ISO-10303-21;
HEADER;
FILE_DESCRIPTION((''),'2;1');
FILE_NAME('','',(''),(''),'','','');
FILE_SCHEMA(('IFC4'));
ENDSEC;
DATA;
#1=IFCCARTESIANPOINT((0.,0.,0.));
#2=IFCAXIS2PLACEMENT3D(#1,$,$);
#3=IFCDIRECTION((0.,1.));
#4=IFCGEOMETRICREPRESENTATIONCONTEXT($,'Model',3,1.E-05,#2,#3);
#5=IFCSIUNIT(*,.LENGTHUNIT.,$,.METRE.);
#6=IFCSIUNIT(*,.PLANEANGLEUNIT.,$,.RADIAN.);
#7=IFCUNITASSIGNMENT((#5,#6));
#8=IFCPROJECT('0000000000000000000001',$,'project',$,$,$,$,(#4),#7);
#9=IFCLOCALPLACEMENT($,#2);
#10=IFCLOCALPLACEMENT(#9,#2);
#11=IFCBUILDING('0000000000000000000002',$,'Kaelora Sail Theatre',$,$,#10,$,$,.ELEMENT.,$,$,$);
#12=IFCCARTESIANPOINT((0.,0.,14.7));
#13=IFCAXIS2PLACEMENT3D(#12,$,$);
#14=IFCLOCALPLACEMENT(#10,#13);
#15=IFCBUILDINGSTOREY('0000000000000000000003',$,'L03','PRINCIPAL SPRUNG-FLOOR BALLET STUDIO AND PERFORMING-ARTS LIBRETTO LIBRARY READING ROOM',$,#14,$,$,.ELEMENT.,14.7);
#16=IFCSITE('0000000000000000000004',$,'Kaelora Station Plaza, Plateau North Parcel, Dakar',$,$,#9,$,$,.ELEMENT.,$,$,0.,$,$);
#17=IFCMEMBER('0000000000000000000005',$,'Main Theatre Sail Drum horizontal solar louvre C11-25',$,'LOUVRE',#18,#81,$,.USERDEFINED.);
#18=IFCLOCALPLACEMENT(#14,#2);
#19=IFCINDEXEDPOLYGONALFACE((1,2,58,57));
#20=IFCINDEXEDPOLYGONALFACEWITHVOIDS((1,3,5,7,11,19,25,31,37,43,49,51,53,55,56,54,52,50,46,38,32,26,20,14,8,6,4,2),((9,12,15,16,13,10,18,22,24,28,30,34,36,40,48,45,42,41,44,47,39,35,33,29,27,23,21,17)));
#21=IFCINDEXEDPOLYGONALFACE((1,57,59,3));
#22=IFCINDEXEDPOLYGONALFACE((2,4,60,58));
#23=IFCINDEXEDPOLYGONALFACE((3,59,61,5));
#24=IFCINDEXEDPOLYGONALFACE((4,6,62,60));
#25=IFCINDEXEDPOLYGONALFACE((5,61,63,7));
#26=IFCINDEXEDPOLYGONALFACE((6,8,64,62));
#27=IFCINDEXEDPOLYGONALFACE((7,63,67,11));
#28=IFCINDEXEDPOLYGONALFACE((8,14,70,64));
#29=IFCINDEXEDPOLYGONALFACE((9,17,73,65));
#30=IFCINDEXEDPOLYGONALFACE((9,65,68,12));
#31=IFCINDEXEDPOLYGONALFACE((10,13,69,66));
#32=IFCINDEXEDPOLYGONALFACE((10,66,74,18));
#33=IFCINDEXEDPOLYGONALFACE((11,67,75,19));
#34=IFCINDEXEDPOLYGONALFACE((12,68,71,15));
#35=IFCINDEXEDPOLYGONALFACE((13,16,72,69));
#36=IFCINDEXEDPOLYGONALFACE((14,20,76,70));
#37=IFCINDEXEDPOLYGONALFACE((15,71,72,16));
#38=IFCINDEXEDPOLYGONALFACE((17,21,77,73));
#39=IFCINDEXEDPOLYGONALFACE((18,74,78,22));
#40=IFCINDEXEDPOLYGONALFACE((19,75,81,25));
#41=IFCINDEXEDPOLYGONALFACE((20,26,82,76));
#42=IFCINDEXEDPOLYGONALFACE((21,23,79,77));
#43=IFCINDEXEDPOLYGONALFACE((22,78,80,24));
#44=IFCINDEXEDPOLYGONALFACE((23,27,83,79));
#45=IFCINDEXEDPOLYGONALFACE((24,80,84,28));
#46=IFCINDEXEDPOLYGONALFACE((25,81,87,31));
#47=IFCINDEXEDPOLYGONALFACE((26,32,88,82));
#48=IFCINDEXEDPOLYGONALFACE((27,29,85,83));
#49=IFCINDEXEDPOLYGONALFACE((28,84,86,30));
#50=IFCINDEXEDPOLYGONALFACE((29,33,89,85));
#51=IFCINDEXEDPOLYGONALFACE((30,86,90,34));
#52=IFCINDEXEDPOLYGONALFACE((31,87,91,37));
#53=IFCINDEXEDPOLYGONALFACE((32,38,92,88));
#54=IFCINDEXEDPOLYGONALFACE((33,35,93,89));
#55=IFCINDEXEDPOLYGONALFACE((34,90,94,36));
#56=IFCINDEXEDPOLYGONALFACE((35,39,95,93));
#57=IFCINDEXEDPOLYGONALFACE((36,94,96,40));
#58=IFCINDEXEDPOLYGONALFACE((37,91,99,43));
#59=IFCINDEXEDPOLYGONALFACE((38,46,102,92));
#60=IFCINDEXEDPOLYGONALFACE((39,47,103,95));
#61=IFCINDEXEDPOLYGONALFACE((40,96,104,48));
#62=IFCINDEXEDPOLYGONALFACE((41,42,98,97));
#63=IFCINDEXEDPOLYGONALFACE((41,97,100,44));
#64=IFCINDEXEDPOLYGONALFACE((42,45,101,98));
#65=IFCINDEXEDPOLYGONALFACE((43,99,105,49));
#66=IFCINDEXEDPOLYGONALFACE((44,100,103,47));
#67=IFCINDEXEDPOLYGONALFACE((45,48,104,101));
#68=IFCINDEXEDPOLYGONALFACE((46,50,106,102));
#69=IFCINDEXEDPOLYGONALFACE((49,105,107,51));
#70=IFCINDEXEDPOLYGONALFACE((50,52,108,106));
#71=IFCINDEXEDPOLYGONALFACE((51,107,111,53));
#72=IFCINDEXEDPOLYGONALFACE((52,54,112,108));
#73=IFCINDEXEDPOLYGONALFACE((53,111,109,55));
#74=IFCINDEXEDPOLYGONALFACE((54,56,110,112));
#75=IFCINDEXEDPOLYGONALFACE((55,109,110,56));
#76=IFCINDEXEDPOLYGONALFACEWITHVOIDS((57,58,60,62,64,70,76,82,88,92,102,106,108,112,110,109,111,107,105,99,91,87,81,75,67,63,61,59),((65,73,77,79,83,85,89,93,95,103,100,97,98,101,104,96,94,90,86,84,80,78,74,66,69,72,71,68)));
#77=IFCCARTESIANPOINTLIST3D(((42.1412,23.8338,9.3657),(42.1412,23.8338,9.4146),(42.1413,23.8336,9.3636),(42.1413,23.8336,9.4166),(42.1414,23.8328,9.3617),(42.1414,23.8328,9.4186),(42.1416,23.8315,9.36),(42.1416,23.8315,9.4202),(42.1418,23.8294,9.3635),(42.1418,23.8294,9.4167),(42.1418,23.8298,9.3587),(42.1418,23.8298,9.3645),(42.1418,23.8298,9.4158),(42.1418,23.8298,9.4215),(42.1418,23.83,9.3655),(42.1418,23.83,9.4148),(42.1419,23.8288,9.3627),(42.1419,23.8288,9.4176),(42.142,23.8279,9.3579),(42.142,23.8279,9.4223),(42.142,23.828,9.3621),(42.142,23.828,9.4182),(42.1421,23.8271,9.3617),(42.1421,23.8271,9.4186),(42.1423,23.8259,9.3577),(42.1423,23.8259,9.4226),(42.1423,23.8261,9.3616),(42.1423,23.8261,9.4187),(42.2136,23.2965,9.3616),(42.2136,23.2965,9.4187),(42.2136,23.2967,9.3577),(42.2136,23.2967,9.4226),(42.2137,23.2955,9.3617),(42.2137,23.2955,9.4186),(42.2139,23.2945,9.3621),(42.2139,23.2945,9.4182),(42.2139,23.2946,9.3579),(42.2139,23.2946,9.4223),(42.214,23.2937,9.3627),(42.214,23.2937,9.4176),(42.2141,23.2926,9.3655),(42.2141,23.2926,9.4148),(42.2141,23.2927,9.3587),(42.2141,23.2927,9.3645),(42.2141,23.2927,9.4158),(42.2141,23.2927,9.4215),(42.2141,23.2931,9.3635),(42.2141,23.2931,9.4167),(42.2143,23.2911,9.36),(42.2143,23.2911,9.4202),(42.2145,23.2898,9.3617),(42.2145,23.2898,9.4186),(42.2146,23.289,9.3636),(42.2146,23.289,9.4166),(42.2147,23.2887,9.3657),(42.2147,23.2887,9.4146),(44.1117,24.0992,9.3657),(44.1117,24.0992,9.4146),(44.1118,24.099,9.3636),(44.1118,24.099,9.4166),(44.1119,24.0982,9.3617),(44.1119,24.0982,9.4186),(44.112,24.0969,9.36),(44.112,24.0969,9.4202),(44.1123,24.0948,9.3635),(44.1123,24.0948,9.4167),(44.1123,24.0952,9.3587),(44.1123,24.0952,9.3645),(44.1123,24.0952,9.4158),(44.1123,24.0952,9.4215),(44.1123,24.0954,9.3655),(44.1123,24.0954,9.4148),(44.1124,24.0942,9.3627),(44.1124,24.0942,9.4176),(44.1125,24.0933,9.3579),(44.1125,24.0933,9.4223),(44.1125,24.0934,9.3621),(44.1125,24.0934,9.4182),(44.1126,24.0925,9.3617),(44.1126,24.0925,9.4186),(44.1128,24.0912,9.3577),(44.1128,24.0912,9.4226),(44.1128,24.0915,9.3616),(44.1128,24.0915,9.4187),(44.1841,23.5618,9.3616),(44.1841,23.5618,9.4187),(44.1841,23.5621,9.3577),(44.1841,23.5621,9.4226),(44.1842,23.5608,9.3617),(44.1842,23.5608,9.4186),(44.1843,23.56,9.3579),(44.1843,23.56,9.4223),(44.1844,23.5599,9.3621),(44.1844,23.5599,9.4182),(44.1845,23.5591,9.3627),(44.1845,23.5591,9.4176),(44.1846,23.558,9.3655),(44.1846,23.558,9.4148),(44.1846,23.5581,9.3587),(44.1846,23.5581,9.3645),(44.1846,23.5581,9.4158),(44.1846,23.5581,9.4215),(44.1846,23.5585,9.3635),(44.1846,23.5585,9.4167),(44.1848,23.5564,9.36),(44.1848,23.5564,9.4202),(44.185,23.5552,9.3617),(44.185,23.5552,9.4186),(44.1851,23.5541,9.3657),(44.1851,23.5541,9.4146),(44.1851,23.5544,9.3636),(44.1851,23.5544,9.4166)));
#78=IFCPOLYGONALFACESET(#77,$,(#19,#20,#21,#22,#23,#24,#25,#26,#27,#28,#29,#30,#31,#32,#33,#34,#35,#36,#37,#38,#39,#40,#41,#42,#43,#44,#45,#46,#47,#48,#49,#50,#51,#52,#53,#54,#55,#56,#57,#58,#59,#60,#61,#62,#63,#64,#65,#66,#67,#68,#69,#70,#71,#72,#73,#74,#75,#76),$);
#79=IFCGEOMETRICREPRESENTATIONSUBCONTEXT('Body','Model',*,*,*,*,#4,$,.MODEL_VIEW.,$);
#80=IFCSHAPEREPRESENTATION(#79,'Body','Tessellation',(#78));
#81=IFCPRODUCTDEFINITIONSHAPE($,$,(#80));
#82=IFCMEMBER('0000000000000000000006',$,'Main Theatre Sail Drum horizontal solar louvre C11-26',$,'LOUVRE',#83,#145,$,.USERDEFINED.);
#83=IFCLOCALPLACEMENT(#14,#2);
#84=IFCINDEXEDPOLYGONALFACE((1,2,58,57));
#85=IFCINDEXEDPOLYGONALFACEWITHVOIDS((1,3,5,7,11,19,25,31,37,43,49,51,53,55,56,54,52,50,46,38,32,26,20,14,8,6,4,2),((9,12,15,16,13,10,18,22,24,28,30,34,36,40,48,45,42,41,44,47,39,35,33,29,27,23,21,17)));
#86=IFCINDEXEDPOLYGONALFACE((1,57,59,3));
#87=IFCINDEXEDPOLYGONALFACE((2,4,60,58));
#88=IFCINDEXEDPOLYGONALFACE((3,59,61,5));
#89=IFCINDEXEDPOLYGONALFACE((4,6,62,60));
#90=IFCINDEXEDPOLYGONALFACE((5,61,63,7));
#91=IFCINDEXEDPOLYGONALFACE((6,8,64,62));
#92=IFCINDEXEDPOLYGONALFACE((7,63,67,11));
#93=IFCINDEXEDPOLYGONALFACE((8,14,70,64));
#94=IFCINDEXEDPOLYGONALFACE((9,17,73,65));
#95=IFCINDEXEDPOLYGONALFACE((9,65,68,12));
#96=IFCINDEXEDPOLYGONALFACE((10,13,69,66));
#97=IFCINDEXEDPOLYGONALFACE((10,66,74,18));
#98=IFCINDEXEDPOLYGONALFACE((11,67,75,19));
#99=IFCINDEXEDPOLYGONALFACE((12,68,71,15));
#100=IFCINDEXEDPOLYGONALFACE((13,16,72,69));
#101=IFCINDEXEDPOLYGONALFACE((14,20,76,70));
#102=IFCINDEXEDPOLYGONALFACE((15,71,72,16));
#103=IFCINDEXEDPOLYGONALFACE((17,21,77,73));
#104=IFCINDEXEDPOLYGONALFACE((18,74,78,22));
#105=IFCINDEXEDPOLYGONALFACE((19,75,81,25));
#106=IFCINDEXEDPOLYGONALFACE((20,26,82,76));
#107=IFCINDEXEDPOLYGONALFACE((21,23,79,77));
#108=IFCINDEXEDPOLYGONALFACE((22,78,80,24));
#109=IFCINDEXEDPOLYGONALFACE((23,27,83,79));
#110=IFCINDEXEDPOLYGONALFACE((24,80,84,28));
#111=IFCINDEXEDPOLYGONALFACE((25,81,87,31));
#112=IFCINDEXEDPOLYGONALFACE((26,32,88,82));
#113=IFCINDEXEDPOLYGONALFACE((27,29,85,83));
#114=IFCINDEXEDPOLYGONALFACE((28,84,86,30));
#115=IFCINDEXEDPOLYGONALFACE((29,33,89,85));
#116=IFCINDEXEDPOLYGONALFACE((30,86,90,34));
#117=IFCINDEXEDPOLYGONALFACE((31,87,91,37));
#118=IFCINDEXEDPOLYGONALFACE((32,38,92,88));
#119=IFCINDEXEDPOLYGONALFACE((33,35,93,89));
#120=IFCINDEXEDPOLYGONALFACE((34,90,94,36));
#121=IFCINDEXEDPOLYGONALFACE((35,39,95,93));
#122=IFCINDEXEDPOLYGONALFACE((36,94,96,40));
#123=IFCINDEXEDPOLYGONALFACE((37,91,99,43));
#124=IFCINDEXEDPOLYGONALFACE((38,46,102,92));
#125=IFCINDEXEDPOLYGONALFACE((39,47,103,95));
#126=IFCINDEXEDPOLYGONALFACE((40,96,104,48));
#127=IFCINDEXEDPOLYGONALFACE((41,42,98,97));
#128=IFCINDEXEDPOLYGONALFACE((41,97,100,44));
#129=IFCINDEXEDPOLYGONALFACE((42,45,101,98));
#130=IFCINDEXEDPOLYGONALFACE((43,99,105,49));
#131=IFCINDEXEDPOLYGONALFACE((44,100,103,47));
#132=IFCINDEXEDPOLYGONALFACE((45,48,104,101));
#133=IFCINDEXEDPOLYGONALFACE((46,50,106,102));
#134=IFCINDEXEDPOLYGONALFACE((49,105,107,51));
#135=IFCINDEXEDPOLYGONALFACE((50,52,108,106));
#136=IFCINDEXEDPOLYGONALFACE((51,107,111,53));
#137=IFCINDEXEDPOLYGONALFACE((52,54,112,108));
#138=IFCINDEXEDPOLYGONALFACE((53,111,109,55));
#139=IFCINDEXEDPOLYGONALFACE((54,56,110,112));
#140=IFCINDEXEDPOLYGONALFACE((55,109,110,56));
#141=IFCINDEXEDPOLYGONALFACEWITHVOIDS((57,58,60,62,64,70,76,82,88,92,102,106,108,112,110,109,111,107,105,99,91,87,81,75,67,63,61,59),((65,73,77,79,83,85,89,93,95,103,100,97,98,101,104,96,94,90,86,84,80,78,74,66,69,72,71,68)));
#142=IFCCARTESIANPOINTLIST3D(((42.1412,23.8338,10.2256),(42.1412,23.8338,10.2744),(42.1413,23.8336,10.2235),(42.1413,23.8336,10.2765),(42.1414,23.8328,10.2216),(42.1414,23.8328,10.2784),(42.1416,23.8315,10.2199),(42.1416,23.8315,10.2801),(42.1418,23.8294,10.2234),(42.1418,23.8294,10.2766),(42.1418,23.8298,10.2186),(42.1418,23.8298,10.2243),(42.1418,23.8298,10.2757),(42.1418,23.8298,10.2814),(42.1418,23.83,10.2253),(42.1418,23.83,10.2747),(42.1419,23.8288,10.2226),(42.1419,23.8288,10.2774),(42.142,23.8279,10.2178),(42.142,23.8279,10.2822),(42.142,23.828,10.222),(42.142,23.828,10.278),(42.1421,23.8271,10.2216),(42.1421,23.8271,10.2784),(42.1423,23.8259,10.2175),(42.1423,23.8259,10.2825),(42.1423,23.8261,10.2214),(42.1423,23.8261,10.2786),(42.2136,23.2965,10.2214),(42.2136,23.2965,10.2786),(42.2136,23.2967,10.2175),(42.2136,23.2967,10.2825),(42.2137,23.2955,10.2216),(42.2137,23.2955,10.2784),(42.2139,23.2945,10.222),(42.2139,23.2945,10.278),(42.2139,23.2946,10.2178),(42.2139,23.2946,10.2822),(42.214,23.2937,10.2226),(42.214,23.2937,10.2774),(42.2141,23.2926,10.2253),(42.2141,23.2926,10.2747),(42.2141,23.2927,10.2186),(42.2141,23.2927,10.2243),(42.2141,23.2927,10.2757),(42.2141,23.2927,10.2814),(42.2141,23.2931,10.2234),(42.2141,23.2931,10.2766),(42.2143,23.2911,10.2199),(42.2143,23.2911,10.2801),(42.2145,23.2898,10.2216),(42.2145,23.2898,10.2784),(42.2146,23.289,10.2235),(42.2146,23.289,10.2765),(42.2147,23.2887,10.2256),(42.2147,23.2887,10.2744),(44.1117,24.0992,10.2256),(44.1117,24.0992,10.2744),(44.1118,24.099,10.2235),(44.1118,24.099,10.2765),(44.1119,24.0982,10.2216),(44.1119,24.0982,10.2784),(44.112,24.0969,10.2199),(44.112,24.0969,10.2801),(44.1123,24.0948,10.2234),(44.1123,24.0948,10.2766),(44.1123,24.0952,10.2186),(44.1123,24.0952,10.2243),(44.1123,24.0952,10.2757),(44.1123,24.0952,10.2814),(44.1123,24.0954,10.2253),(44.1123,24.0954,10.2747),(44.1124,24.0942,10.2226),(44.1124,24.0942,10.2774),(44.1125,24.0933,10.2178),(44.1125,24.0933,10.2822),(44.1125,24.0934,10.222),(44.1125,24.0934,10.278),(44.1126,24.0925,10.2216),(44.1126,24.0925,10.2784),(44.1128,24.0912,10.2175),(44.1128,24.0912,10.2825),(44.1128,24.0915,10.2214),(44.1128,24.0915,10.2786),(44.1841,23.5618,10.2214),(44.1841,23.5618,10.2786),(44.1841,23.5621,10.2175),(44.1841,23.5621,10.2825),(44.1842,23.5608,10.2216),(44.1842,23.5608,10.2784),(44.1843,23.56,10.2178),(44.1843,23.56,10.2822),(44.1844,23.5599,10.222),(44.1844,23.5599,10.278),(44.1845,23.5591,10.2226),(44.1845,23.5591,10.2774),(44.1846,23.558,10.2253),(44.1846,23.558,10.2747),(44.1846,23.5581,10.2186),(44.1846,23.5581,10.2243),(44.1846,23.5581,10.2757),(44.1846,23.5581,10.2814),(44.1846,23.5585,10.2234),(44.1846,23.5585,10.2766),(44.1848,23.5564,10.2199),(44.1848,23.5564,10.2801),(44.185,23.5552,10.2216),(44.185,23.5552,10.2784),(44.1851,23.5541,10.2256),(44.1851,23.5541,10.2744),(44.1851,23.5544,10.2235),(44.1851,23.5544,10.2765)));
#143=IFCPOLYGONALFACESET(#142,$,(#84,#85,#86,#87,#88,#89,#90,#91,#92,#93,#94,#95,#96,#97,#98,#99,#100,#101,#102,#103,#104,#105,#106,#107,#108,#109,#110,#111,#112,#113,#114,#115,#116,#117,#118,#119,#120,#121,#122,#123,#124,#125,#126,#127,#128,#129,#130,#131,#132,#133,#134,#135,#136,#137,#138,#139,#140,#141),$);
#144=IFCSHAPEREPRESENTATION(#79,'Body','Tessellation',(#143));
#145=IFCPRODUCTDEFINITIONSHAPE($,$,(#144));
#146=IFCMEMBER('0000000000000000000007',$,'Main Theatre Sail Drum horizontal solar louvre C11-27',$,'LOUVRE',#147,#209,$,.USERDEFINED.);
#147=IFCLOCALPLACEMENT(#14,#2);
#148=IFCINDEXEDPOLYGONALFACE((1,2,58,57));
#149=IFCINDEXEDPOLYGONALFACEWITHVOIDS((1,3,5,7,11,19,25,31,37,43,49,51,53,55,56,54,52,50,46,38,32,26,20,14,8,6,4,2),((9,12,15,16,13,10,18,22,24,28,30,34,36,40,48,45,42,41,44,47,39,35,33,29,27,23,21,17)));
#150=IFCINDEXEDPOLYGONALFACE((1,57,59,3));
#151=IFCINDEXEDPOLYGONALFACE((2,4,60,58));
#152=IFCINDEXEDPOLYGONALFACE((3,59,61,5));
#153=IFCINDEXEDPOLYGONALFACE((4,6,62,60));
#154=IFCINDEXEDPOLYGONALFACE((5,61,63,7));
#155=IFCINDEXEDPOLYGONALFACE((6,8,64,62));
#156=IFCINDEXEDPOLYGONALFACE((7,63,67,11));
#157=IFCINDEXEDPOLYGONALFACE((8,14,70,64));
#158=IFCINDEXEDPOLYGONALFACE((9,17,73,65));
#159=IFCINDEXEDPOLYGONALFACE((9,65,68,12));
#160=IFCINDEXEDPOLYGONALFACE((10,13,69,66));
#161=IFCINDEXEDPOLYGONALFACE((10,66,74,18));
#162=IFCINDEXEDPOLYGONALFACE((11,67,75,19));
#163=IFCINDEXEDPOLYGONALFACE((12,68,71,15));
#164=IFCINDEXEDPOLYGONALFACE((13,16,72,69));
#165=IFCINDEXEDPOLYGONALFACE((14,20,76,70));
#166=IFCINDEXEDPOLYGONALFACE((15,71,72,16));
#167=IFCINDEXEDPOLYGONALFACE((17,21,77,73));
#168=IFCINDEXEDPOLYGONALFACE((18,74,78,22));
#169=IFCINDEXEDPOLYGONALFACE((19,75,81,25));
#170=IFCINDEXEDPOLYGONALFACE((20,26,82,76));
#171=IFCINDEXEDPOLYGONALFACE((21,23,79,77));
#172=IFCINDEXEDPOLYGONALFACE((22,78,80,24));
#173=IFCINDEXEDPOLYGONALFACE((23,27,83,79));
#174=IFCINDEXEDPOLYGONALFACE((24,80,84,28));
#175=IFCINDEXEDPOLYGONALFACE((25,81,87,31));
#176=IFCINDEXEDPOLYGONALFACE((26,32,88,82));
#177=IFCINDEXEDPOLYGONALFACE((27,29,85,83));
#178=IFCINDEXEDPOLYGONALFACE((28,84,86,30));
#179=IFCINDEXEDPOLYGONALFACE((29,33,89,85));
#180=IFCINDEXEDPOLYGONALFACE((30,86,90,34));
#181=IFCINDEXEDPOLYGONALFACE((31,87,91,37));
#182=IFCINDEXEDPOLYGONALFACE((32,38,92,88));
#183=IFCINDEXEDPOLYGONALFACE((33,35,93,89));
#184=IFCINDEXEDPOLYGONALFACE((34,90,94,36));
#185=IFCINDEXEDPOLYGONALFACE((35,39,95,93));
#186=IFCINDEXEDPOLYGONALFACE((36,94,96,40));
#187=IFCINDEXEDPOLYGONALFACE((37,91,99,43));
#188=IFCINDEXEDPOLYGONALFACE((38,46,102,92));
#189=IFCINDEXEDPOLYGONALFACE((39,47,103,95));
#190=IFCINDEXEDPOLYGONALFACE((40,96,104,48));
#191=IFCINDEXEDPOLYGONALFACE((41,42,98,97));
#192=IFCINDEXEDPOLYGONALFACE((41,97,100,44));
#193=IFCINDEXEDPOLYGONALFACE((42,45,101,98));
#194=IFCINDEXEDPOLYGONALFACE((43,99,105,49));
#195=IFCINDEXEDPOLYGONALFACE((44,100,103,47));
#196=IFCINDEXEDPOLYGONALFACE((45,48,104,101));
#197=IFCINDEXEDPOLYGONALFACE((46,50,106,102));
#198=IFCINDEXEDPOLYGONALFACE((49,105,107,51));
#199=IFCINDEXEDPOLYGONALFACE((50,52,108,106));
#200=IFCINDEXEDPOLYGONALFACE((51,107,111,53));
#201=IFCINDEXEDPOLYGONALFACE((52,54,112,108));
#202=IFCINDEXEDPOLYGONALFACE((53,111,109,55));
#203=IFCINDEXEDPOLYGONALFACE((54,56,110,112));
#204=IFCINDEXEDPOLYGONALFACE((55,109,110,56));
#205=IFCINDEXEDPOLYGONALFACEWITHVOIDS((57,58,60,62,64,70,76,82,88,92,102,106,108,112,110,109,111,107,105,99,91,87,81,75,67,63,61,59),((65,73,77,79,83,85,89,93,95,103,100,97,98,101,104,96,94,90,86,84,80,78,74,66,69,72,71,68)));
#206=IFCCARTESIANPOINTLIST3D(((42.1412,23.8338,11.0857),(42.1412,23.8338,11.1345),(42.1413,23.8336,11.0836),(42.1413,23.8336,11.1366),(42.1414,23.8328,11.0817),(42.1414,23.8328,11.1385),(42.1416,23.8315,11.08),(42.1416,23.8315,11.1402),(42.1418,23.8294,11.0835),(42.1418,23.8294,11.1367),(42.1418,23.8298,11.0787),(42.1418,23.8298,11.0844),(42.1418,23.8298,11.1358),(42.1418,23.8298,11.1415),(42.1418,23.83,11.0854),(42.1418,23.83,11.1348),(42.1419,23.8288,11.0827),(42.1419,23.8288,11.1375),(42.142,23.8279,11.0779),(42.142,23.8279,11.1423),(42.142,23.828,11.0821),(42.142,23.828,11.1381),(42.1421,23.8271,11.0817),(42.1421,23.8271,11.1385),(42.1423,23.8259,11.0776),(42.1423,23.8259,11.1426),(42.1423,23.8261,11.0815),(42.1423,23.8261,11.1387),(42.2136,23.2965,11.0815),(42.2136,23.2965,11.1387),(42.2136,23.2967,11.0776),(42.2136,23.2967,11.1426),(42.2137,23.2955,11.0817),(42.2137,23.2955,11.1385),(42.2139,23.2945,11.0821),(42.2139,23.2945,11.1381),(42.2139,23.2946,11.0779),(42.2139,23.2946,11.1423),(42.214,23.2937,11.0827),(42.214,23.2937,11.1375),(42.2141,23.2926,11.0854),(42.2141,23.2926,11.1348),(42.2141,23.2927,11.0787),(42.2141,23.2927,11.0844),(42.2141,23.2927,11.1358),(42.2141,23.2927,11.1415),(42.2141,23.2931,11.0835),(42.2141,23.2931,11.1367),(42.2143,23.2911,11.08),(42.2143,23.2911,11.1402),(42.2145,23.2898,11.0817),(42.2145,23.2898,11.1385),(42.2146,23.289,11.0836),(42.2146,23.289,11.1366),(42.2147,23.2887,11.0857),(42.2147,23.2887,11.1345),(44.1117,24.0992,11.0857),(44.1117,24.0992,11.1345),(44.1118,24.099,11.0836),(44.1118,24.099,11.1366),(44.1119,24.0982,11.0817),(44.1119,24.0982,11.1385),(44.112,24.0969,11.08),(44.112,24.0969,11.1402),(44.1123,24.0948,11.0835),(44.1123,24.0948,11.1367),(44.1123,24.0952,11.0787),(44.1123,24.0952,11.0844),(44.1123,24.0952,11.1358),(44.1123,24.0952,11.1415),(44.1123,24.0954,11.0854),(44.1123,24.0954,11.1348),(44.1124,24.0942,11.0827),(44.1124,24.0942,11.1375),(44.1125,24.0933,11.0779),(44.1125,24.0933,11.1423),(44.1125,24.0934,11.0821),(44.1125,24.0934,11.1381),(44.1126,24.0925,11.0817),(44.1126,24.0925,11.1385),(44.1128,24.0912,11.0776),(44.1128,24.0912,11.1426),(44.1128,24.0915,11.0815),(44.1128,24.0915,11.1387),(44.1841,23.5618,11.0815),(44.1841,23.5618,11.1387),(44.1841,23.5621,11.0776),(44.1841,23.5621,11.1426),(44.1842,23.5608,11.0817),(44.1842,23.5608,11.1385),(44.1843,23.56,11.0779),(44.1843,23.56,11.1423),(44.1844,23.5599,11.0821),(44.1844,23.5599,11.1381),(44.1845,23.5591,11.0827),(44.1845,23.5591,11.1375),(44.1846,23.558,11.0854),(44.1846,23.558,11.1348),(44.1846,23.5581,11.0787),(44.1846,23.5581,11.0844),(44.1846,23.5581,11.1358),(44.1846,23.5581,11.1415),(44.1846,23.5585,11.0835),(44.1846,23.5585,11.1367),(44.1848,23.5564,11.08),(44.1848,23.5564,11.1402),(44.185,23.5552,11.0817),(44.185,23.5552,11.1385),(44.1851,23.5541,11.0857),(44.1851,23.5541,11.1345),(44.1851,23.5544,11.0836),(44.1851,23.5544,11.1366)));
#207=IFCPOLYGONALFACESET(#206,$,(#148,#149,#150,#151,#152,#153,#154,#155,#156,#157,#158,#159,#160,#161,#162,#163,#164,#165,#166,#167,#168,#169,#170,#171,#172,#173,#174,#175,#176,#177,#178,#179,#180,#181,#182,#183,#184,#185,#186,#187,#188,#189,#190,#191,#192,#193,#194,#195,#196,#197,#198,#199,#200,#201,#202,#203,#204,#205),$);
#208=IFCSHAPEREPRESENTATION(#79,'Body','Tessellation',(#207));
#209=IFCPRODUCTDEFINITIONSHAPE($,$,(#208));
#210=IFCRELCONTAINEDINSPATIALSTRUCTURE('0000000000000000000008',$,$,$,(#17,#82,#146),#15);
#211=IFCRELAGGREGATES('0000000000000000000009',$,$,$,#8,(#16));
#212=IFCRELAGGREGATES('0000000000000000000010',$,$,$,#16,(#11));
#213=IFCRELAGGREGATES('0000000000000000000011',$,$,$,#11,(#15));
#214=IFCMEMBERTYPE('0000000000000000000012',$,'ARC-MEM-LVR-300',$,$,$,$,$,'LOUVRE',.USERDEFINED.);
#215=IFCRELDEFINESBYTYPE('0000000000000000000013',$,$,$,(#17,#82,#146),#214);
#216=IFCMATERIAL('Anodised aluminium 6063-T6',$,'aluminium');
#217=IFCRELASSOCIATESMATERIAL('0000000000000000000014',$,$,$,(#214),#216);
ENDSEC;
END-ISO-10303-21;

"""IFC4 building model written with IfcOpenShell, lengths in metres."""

from ifc_helpers import new_model, si_unit, direction, frame, origin, origin_2d, place, context, subcontext, project, spatial, hollow_rectangle, extrude, material, material_profile, profile_set, type_object, element, save


model = new_model("IFC4")

# Units and contexts
model_context = context("Model", 3, precision=1e-05, world=origin(), true_north=direction((0.0, 1.0)))
body_context = subcontext(model_context, "Body", "Model", "MODEL_VIEW")
ifc_project = project(units=[si_unit("LENGTHUNIT", "METRE"), si_unit("PLANEANGLEUNIT", "RADIAN")], contexts=[model_context])

# Site, building, storey
site_placement = place(None, origin())
site = spatial("IfcSite", under=ifc_project, at=site_placement, Name="Kaelora Station Plaza, Plateau North Parcel, Dakar", CompositionType="ELEMENT", RefElevation=0.0)
building_placement = place(site_placement, origin())
building = spatial("IfcBuilding", under=site, at=building_placement, Name="Kaelora Sail Theatre", CompositionType="ELEMENT")
storey_placement = place(building_placement, frame((0.0, 0.0, 14.7)))
storey = spatial("IfcBuildingStorey", under=building, at=storey_placement, Name="L03", Description="PRINCIPAL SPRUNG-FLOOR BALLET STUDIO AND PERFORMING-ARTS LIBRETTO LIBRARY READING ROOM", CompositionType="ELEMENT", Elevation=14.7)

# Members
ifc_material = material(Name="Anodised aluminium 6063-T6", Category="aluminium")
ifc_material_profile = material_profile(ifc_material, hollow_rectangle(XDim=0.55, YDim=0.0649, WallThickness=0.0039, InnerFilletRadius=0.0039, OuterFilletRadius=0.0081, at=origin_2d()), Name="LOUVRE 550x65x4")
ifc_profile_set = profile_set([ifc_material_profile], Name="Anodised aluminium 6063-T6")
member_type = type_object("IfcMemberType", Name="ARC-MEM-LVR-300", ElementType="LOUVRE", PredefinedType="USERDEFINED", material=ifc_profile_set)
for number, where, z_axis, x_axis, name in (
    (1, (44.1484, 23.8267, 9.3901), (-0.991052, -0.133475, 0.0), (0.133475, -0.991052, 0.0), "Main Theatre Sail Drum horizontal solar louvre C11-25"),
    (2, (44.1484, 23.8267, 10.25), (-0.991052, -0.133475, 0.0), (0.133475, -0.991052, 0.0), "Main Theatre Sail Drum horizontal solar louvre C11-26"),
    (3, (44.1484, 23.8267, 11.1101), (-0.991052, -0.133475, 0.0), (0.133475, -0.991052, 0.0), "Main Theatre Sail Drum horizontal solar louvre C11-27"),
):
    element("IfcMember", number, at=place(storey_placement, frame(where, z_axis=z_axis, x_axis=x_axis)), inside=storey, type_object=member_type, Name=name, ObjectType="LOUVRE", PredefinedType="USERDEFINED", context=body_context, shape_type="SweptSolid", body=[
        extrude(hollow_rectangle(XDim=0.55, YDim=0.0649, WallThickness=0.0039, InnerFilletRadius=0.0039, OuterFilletRadius=0.0081, at=origin_2d()), origin(), (0.0, 0.0, 1.0), 1.9883),
    ])

save(model, "model.ifc")
